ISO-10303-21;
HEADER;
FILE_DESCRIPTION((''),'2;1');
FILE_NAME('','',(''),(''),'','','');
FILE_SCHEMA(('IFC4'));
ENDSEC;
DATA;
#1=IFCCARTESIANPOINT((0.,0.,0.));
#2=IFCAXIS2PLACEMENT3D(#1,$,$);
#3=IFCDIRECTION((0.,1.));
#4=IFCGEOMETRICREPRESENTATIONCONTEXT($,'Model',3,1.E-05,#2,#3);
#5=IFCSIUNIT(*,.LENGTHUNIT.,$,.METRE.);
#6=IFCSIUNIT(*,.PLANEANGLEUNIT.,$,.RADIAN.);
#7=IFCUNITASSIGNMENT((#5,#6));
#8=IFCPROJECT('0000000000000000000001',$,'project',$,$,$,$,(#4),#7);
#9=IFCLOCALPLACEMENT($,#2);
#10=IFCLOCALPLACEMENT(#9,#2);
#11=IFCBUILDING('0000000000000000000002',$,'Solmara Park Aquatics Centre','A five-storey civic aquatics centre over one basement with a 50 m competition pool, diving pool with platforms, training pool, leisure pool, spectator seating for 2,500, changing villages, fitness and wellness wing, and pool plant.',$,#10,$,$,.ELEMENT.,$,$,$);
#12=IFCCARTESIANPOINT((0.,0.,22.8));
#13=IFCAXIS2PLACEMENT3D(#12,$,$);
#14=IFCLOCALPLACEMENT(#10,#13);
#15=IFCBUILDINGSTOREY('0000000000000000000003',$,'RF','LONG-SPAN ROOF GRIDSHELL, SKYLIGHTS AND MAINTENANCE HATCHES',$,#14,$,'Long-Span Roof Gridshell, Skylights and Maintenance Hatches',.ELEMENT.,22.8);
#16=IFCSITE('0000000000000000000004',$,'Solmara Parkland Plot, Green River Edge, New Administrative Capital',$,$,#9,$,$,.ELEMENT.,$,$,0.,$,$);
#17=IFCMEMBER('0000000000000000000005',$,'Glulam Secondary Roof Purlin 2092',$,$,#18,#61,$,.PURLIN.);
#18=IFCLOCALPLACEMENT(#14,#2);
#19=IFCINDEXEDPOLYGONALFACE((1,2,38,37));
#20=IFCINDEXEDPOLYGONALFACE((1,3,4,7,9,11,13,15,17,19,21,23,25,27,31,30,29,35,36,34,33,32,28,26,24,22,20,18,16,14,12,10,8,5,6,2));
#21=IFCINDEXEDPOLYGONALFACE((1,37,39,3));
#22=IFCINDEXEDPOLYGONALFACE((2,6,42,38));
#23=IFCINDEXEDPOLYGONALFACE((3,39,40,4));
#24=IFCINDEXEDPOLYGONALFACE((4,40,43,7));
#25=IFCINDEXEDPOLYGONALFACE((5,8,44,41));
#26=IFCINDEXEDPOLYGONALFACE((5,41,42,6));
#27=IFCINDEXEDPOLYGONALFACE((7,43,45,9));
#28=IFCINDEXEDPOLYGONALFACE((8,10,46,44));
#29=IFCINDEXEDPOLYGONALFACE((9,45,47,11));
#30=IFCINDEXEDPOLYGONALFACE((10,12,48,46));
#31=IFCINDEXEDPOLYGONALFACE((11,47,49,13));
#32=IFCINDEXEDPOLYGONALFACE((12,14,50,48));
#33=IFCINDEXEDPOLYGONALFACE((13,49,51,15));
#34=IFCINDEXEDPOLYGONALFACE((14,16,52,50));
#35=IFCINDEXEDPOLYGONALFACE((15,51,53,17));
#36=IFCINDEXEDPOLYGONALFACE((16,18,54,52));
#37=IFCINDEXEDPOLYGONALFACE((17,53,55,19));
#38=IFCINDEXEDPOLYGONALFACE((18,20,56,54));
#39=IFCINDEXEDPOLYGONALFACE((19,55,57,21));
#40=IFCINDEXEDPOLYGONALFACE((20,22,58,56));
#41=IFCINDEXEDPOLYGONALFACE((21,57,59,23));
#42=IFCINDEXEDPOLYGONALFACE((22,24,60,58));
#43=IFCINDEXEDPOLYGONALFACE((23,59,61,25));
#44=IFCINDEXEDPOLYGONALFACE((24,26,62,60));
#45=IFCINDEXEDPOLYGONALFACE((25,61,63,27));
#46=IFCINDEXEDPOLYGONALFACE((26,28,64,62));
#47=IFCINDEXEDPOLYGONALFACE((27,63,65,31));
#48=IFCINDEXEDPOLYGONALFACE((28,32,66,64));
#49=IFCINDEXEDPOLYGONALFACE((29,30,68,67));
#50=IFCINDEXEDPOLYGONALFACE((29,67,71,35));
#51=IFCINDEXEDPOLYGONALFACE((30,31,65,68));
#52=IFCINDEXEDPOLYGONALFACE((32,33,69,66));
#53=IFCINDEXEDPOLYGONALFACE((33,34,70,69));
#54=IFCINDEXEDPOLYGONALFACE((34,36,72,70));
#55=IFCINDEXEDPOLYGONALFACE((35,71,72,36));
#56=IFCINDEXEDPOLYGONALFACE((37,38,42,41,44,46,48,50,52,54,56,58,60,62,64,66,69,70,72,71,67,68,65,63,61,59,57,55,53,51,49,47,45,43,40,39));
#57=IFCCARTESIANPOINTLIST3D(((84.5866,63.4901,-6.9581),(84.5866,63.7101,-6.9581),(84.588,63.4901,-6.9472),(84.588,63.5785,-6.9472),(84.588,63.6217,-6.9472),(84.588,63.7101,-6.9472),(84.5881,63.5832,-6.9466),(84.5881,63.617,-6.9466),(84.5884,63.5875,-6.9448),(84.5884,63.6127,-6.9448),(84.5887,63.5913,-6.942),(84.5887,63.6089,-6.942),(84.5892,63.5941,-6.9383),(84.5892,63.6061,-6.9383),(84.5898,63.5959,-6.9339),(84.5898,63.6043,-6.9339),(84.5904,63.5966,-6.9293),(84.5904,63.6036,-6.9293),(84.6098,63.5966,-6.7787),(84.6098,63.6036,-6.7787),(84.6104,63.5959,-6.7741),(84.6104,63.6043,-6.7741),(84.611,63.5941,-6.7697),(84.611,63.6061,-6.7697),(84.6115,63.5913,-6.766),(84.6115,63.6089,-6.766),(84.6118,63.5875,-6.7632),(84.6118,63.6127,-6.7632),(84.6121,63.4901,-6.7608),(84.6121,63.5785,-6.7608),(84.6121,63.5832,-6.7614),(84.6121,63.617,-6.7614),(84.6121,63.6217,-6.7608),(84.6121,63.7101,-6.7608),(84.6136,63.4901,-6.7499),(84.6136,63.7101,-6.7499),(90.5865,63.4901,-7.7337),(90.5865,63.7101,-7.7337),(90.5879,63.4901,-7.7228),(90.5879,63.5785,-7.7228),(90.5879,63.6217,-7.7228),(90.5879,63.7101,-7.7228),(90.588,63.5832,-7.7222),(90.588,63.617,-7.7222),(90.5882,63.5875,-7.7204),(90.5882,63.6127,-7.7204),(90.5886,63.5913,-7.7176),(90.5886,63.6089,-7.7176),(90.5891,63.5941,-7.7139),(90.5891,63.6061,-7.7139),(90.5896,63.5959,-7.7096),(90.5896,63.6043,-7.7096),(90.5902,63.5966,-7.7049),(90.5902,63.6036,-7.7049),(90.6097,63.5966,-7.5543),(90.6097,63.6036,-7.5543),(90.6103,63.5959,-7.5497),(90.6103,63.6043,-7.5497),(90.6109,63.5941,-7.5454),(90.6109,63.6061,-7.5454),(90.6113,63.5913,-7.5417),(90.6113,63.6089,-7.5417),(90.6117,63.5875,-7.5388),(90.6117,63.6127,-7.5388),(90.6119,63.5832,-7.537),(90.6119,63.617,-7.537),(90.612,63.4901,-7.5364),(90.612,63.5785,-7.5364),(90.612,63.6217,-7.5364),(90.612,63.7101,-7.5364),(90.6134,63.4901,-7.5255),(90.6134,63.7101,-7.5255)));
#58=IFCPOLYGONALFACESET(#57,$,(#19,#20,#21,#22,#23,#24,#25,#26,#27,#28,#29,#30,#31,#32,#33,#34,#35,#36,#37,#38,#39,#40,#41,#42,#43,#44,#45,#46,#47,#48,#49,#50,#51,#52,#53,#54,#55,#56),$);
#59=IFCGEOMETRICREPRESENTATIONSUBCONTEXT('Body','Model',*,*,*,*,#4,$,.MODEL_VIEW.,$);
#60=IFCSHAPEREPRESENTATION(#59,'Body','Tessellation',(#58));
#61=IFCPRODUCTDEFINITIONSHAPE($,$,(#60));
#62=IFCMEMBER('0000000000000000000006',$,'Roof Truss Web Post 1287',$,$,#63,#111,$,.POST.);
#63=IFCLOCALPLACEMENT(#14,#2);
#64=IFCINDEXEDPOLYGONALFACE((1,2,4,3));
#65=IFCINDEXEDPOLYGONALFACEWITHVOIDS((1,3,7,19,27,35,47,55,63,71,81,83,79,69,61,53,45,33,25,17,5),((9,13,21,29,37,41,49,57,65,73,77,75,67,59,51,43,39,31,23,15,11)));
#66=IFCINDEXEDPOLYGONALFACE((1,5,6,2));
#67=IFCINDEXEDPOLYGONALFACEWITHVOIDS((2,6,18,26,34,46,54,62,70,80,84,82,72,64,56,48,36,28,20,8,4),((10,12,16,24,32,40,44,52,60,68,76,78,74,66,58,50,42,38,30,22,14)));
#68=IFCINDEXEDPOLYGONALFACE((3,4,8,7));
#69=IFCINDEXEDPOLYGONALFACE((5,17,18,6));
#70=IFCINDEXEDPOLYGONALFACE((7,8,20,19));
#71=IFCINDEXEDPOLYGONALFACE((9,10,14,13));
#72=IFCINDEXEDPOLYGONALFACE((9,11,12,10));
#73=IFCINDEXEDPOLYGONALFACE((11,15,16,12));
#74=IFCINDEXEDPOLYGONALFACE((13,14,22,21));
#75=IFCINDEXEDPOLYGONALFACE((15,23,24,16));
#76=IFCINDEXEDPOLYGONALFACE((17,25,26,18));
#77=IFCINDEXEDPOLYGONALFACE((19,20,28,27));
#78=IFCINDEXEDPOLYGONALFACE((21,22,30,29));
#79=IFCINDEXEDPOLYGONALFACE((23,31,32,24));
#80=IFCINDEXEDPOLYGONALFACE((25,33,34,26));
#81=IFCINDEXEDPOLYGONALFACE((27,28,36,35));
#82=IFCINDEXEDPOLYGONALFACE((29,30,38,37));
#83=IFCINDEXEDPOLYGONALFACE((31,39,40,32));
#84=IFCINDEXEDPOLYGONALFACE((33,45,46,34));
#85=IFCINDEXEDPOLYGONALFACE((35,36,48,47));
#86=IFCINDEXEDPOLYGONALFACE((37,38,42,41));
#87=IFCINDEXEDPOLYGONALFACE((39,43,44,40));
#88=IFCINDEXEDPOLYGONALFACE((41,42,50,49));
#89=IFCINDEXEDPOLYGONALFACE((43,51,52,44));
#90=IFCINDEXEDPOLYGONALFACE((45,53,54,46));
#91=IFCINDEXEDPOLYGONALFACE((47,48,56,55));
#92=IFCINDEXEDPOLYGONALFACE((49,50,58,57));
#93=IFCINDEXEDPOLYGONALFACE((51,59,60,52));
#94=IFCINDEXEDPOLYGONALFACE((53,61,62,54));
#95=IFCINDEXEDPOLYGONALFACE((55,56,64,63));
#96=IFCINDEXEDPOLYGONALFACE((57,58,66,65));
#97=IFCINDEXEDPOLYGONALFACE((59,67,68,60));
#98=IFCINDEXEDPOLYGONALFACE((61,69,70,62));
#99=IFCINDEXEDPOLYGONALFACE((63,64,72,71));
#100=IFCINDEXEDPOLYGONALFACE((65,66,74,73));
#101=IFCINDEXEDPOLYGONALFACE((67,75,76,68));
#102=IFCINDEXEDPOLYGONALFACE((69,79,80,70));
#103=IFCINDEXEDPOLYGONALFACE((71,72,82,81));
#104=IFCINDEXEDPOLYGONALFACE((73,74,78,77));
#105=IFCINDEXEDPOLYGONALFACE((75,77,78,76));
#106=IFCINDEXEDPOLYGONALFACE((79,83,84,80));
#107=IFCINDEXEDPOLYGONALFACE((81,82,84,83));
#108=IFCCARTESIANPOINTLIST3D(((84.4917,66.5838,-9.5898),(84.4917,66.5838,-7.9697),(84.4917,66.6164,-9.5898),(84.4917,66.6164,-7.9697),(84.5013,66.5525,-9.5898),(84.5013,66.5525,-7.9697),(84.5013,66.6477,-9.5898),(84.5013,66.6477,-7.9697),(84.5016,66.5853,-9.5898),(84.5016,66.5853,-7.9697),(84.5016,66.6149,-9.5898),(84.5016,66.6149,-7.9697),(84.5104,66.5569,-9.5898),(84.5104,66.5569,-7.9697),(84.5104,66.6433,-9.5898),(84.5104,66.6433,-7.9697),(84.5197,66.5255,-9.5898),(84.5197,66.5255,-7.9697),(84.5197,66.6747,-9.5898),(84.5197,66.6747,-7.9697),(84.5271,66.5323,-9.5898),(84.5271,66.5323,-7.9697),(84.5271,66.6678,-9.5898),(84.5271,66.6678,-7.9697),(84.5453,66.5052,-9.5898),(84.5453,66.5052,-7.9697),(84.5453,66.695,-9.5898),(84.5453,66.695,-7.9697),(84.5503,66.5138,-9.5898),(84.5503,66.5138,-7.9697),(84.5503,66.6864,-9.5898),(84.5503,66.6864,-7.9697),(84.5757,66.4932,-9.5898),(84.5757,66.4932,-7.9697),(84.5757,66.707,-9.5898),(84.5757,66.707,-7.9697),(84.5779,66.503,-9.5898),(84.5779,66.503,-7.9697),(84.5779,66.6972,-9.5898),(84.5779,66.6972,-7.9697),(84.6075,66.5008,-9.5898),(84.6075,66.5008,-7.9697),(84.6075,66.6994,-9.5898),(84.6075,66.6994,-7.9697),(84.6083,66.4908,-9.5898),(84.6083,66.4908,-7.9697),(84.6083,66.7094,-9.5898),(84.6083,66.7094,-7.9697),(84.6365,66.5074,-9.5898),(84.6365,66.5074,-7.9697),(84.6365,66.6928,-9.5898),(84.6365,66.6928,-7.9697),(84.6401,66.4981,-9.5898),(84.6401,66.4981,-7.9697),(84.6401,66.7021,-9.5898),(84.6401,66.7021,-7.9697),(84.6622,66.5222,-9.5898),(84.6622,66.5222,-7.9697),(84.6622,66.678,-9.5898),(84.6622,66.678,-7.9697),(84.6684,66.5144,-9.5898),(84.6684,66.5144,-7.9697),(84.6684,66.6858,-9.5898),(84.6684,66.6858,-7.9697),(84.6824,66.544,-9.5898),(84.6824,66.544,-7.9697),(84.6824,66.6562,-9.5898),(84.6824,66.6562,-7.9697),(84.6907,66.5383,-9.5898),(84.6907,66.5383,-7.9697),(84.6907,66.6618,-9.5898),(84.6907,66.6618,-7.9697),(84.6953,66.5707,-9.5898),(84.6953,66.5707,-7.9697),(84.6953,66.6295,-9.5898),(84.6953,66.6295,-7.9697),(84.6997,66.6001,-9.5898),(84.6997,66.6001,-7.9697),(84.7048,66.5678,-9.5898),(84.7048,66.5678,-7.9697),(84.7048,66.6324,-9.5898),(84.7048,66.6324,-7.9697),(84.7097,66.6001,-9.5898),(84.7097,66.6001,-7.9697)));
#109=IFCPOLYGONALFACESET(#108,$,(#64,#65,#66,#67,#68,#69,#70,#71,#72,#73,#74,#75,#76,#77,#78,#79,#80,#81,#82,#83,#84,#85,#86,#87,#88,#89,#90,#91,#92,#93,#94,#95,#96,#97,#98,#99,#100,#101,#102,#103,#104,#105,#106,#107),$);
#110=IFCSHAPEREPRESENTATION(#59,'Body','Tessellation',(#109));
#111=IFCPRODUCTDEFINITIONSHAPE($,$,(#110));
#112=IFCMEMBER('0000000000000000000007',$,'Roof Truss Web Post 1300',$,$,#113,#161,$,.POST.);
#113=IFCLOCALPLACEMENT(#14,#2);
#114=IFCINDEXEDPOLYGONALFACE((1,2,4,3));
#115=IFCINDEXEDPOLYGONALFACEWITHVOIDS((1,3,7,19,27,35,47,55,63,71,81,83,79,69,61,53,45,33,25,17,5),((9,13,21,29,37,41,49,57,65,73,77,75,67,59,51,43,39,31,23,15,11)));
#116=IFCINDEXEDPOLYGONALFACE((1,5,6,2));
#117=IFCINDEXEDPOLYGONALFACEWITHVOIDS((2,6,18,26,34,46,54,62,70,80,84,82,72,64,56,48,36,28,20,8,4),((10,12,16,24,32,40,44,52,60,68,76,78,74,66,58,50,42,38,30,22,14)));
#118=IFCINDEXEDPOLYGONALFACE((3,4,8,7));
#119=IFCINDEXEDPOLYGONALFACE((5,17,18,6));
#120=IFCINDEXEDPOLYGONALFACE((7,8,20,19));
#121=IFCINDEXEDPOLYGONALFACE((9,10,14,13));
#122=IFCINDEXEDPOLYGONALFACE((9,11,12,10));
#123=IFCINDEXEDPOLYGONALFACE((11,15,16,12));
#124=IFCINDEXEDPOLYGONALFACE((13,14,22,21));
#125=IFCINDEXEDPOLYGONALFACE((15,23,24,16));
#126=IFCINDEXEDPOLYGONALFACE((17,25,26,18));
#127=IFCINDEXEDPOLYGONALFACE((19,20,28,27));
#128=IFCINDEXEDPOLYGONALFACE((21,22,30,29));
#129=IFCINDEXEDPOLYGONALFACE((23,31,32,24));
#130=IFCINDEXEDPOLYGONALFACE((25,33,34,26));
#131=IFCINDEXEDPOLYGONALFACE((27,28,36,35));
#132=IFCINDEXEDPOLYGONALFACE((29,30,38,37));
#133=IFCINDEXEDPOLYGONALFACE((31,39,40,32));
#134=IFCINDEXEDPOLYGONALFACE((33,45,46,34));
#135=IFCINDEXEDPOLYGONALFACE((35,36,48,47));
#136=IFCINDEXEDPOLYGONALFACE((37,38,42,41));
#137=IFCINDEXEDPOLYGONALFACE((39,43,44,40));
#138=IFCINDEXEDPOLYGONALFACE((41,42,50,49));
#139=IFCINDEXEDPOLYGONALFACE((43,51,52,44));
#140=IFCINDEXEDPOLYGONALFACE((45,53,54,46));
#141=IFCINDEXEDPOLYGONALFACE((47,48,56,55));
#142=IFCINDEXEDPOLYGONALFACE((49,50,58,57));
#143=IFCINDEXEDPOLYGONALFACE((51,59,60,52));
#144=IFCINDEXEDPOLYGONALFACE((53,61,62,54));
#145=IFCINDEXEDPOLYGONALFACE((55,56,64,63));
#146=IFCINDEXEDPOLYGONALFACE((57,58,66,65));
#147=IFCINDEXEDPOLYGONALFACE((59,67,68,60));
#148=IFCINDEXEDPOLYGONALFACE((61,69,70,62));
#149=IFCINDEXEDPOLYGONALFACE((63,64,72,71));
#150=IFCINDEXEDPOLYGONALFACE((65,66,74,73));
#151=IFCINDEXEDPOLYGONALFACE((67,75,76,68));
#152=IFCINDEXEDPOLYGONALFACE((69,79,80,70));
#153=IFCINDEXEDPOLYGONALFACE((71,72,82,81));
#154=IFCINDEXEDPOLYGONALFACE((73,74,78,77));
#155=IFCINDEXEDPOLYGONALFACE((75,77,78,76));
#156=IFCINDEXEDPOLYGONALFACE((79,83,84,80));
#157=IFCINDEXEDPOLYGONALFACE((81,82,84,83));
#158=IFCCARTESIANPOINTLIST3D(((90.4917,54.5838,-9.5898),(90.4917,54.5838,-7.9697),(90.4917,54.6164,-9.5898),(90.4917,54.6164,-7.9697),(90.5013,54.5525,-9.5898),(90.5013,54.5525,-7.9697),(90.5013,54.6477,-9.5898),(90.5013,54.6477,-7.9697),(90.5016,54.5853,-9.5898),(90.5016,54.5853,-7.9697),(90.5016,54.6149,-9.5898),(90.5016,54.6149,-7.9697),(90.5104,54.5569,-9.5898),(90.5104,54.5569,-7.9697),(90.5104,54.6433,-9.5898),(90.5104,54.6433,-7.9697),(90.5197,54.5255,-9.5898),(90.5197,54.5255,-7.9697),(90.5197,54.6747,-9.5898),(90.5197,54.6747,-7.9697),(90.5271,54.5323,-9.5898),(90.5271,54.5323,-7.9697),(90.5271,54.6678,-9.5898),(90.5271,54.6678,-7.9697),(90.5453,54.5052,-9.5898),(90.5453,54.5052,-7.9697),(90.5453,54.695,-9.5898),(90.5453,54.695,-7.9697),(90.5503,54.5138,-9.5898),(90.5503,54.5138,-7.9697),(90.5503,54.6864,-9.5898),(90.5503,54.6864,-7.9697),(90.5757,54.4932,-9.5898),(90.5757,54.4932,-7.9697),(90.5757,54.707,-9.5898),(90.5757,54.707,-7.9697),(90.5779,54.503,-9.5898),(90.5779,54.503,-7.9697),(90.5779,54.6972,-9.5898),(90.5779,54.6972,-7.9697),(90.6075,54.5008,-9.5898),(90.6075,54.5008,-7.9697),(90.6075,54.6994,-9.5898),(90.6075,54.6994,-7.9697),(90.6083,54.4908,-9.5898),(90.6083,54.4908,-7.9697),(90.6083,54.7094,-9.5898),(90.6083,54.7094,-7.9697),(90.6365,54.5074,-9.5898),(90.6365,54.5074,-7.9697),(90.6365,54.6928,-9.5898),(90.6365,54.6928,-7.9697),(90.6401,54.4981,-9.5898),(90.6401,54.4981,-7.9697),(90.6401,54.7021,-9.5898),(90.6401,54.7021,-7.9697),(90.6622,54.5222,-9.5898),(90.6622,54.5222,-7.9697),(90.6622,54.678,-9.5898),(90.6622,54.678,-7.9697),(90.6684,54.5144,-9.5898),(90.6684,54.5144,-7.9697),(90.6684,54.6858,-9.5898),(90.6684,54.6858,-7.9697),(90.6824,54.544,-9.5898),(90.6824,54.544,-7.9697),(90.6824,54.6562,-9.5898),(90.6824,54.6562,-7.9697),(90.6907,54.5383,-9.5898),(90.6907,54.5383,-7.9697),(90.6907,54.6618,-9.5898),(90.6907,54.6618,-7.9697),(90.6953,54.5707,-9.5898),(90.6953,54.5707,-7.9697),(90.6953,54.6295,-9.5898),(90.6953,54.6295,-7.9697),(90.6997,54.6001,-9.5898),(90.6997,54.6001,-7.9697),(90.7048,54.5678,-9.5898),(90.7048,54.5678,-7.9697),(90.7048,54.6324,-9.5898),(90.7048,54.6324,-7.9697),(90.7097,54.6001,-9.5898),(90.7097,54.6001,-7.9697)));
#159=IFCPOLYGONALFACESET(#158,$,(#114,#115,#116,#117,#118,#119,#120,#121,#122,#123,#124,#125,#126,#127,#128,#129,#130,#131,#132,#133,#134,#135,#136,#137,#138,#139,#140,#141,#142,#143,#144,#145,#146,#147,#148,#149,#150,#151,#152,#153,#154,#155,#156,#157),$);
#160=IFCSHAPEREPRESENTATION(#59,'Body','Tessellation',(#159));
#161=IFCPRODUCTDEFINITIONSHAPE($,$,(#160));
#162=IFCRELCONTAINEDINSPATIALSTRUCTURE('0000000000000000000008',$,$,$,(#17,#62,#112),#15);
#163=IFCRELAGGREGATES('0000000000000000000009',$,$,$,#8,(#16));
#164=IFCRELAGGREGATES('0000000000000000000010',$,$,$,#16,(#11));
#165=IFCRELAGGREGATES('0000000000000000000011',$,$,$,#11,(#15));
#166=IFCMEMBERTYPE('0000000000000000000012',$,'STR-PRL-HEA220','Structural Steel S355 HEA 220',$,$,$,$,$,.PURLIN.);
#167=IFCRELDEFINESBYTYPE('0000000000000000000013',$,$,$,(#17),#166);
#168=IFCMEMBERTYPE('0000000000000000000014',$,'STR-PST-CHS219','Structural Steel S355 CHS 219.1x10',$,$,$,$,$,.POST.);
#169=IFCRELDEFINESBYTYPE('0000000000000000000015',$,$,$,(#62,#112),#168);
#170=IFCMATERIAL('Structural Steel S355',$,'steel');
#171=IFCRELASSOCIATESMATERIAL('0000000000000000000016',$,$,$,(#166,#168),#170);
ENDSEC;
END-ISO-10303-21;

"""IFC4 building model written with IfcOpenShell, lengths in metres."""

from ifc_helpers import new_model, si_unit, direction, frame, origin, origin_2d, place, context, subcontext, project, spatial, hollow_circle, i_section, extrude, material, material_profile, profile_set, type_object, element, save


model = new_model("IFC4")

# Units and contexts
model_context = context("Model", 3, precision=1e-05, world=origin(), true_north=direction((0.0, 1.0)))
body_context = subcontext(model_context, "Body", "Model", "MODEL_VIEW")
ifc_project = project(units=[si_unit("LENGTHUNIT", "METRE"), si_unit("PLANEANGLEUNIT", "RADIAN")], contexts=[model_context])

# Site, building, storey
site_placement = place(None, origin())
site = spatial("IfcSite", under=ifc_project, at=site_placement, Name="Solmara Parkland Plot, Green River Edge, New Administrative Capital", CompositionType="ELEMENT", RefElevation=0.0)
building_placement = place(site_placement, origin())
building = spatial("IfcBuilding", under=site, at=building_placement, Name="Solmara Park Aquatics Centre", Description="A five-storey civic aquatics centre over one basement with a 50 m competition pool, diving pool with platforms, training pool, leisure pool, spectator seating for 2,500, changing villages, fitness and wellness wing, and pool plant.", CompositionType="ELEMENT")
storey_placement = place(building_placement, frame((0.0, 0.0, 22.8)))
storey = spatial("IfcBuildingStorey", under=building, at=storey_placement, Name="RF", Description="LONG-SPAN ROOF GRIDSHELL, SKYLIGHTS AND MAINTENANCE HATCHES", LongName="Long-Span Roof Gridshell, Skylights and Maintenance Hatches", CompositionType="ELEMENT", Elevation=22.8)

# Members
ifc_material_1 = material(Name="Structural Steel S355", Category="steel")
ifc_material_profile_1 = material_profile(ifc_material_1, i_section(OverallWidth=0.22, OverallDepth=0.21, WebThickness=0.0071, FlangeThickness=0.011, FilletRadius=0.0181, at=origin_2d()), Name="HEA 220")
ifc_profile_set_1 = profile_set([ifc_material_profile_1], Name="Structural Steel S355")
member_type_1 = type_object("IfcMemberType", Name="STR-PRL-HEA220", Description="Structural Steel S355 HEA 220", PredefinedType="PURLIN", material=ifc_profile_set_1)
member_1_placement = place(storey_placement, frame((84.6001, 63.6001, -6.854), z_axis=(0.991748, 0.0, -0.128206), x_axis=(0.0, 1.0, 0.0)))
element("IfcMember", 1, at=member_1_placement, inside=storey, type_object=member_type_1, Name="Glulam Secondary Roof Purlin 2092", PredefinedType="PURLIN", context=body_context, shape_type="SweptSolid", body=[
    extrude(i_section(OverallWidth=0.22, OverallDepth=0.21, WebThickness=0.0071, FlangeThickness=0.011, FilletRadius=0.0181, at=origin_2d()), origin(), (0.0, 0.0, 1.0), 6.0498),
])
ifc_material_profile_2 = material_profile(ifc_material_1, hollow_circle(Radius=0.1096, WallThickness=0.01, at=origin_2d()), Name="CHS 219.1x10")
ifc_profile_set_2 = profile_set([ifc_material_profile_2], Name="Structural Steel S355")
member_type_2 = type_object("IfcMemberType", Name="STR-PST-CHS219", Description="Structural Steel S355 CHS 219.1x10", PredefinedType="POST", material=ifc_profile_set_2)
for number, where, z_axis, x_axis, name in (
    (2, (84.6001, 66.6001, -9.5898), (0.0, 0.0, 1.0), (1.0, 0.0, 0.0), "Roof Truss Web Post 1287"),
    (3, (90.6001, 54.6001, -9.5898), (0.0, 0.0, 1.0), (1.0, 0.0, 0.0), "Roof Truss Web Post 1300"),
):
    element("IfcMember", number, at=place(storey_placement, frame(where, z_axis=z_axis, x_axis=x_axis)), inside=storey, type_object=member_type_2, Name=name, PredefinedType="POST", context=body_context, shape_type="SweptSolid", body=[
        extrude(hollow_circle(Radius=0.1096, WallThickness=0.01, at=origin_2d()), origin(), (0.0, 0.0, 1.0), 1.6201),
    ])

save(model, "model.ifc")
